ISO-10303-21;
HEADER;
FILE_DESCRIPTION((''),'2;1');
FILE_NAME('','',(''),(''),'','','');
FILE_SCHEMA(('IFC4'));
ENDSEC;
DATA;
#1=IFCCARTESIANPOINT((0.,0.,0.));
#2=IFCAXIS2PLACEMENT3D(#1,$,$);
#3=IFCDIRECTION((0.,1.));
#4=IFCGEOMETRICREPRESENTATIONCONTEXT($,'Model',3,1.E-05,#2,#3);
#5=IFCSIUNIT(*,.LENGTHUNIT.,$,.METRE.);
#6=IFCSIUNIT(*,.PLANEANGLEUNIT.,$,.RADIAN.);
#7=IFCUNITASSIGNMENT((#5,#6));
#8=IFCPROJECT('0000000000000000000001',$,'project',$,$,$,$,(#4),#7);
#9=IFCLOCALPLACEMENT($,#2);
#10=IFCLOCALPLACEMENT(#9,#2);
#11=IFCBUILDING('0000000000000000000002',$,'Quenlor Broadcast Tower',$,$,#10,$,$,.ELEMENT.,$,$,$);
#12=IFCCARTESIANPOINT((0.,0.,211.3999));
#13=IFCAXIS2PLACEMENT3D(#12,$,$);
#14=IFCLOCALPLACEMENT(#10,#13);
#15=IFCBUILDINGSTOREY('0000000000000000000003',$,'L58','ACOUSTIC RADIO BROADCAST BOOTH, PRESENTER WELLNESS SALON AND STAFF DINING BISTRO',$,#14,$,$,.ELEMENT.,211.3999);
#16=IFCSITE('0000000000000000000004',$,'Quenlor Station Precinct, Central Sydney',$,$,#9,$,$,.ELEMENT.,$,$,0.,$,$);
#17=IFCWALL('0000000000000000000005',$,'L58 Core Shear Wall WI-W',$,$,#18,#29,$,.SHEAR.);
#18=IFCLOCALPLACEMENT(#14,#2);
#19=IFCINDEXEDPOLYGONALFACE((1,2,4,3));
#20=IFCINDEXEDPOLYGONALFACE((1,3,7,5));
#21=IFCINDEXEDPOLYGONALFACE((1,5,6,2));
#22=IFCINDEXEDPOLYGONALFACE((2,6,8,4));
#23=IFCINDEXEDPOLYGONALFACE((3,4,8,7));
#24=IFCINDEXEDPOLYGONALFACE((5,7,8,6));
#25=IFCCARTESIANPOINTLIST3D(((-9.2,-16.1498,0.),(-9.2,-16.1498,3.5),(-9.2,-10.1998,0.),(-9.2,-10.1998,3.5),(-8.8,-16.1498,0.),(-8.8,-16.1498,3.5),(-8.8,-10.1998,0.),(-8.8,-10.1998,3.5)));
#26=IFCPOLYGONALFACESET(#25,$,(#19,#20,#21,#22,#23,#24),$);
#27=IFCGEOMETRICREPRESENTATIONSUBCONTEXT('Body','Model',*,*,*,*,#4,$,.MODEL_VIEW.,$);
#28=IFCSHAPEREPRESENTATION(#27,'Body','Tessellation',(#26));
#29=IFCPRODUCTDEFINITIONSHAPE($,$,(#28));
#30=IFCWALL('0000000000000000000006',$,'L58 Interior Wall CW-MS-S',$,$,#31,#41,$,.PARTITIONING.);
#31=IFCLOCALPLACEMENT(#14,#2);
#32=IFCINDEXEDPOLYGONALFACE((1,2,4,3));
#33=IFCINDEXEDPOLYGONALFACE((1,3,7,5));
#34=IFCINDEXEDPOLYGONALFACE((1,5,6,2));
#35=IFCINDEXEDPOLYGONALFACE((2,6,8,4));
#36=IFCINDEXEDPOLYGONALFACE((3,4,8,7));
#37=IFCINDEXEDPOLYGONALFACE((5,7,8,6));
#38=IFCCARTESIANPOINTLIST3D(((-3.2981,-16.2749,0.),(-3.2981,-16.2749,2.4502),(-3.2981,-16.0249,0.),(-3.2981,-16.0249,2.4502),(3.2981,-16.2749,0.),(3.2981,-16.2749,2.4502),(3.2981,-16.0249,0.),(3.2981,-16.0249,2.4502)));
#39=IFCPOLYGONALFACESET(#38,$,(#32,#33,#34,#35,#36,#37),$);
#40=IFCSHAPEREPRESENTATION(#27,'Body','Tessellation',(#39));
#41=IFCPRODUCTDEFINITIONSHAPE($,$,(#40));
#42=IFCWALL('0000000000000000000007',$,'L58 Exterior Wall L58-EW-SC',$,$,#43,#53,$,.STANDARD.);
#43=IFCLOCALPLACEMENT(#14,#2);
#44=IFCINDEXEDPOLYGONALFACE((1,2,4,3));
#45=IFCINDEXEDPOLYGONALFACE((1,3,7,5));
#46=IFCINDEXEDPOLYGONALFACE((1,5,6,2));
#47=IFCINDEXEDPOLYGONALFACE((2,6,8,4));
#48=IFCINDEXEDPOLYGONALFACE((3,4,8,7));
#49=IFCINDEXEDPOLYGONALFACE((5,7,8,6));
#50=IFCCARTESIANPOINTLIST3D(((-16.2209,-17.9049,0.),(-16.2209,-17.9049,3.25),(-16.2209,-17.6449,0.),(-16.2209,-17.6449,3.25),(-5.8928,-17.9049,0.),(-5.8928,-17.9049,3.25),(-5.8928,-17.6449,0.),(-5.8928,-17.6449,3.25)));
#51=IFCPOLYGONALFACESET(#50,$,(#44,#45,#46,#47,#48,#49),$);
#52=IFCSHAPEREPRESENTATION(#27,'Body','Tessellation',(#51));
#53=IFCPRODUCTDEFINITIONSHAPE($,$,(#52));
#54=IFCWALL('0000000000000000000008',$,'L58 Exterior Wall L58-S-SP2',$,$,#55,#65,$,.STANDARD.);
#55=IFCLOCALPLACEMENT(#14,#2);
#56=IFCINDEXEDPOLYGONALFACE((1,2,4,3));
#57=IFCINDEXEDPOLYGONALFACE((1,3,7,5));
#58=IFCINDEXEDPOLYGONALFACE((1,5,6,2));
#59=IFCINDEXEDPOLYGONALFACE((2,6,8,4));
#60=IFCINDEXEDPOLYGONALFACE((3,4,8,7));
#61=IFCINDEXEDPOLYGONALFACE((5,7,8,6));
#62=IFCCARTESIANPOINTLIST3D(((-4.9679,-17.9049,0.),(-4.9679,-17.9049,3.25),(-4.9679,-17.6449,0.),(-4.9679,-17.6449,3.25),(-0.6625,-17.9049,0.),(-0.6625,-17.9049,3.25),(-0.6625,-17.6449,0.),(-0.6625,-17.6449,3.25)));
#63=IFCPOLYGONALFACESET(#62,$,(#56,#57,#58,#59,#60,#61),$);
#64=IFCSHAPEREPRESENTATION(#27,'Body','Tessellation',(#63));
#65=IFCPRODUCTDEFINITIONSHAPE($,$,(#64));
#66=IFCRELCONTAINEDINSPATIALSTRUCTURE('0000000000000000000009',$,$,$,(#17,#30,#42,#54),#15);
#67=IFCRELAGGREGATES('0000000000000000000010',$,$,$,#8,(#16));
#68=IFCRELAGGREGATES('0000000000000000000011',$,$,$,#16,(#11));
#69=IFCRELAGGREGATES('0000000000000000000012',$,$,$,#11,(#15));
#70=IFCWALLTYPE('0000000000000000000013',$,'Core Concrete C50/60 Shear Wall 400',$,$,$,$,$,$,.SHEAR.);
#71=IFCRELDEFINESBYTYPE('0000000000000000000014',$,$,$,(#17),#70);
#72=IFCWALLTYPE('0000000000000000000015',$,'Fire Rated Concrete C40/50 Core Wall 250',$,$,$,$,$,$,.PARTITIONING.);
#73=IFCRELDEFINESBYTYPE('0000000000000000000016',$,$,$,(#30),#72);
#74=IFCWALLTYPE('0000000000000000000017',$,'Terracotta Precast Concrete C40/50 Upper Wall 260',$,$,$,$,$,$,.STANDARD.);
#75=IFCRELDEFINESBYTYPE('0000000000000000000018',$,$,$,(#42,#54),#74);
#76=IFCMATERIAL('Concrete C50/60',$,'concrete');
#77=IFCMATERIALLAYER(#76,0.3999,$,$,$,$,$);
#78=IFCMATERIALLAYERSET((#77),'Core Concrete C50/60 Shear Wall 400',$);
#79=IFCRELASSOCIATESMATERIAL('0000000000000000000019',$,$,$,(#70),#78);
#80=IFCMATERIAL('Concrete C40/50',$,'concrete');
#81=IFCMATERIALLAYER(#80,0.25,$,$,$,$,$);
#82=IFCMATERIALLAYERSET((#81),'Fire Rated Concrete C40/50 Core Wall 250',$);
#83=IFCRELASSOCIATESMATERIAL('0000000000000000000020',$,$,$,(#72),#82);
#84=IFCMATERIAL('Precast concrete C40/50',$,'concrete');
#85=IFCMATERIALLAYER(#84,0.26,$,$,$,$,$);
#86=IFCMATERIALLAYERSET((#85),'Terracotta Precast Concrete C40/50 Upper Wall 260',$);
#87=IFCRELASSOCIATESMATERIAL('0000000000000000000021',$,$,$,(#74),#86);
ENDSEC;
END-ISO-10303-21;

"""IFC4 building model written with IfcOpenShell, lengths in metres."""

from ifc_helpers import new_model, si_unit, direction, frame, frame_2d, origin, place, context, subcontext, project, spatial, rectangle, extrude, material, layer, layer_set, type_object, element, save


model = new_model("IFC4")

# Units and contexts
model_context = context("Model", 3, precision=1e-05, world=origin(), true_north=direction((0.0, 1.0)))
body_context = subcontext(model_context, "Body", "Model", "MODEL_VIEW")
ifc_project = project(units=[si_unit("LENGTHUNIT", "METRE"), si_unit("PLANEANGLEUNIT", "RADIAN")], contexts=[model_context])

# Site, building, storey
site_placement = place(None, origin())
site = spatial("IfcSite", under=ifc_project, at=site_placement, Name="Quenlor Station Precinct, Central Sydney", CompositionType="ELEMENT", RefElevation=0.0)
building_placement = place(site_placement, origin())
building = spatial("IfcBuilding", under=site, at=building_placement, Name="Quenlor Broadcast Tower", CompositionType="ELEMENT")
storey_placement = place(building_placement, frame((0.0, 0.0, 211.3999)))
storey = spatial("IfcBuildingStorey", under=building, at=storey_placement, Name="L58", Description="ACOUSTIC RADIO BROADCAST BOOTH, PRESENTER WELLNESS SALON AND STAFF DINING BISTRO", CompositionType="ELEMENT", Elevation=211.3999)

# Walls
ifc_material_1 = material(Name="Concrete C50/60", Category="concrete")
ifc_layer_1 = layer(ifc_material_1, 0.3999)
ifc_layer_set_1 = layer_set([ifc_layer_1], Name="Core Concrete C50/60 Shear Wall 400")
wall_type_1 = type_object("IfcWallType", Name="Core Concrete C50/60 Shear Wall 400", PredefinedType="SHEAR", material=ifc_layer_set_1)
wall_1_placement = place(storey_placement, frame((-9.0, -16.1499, 0.0), z_axis=(0.0, 0.0, 1.0), x_axis=(0.0, 1.0, 0.0)))
element("IfcWall", 1, at=wall_1_placement, inside=storey, type_object=wall_type_1, Name="L58 Core Shear Wall WI-W", PredefinedType="SHEAR", context=body_context, shape_type="SweptSolid", body=[
    extrude(rectangle(XDim=5.95, YDim=0.3999, at=frame_2d((2.9751, 0.0))), origin(), (0.0, 0.0, 1.0), 3.5),
])
ifc_material_2 = material(Name="Concrete C40/50", Category="concrete")
ifc_layer_2 = layer(ifc_material_2, 0.25)
ifc_layer_set_2 = layer_set([ifc_layer_2], Name="Fire Rated Concrete C40/50 Core Wall 250")
wall_type_2 = type_object("IfcWallType", Name="Fire Rated Concrete C40/50 Core Wall 250", PredefinedType="PARTITIONING", material=ifc_layer_set_2)
wall_2_placement = place(storey_placement, frame((-3.2981, -16.1499, 0.0), z_axis=(0.0, 0.0, 1.0), x_axis=(1.0, 0.0, 0.0)))
element("IfcWall", 2, at=wall_2_placement, inside=storey, type_object=wall_type_2, Name="L58 Interior Wall CW-MS-S", PredefinedType="PARTITIONING", context=body_context, shape_type="SweptSolid", body=[
    extrude(rectangle(XDim=6.5962, YDim=0.25, at=frame_2d((3.2981, 0.0))), origin(), (0.0, 0.0, 1.0), 2.4502),
])
ifc_material_3 = material(Name="Precast concrete C40/50", Category="concrete")
ifc_layer_3 = layer(ifc_material_3, 0.26)
ifc_layer_set_3 = layer_set([ifc_layer_3], Name="Terracotta Precast Concrete C40/50 Upper Wall 260")
wall_type_3 = type_object("IfcWallType", Name="Terracotta Precast Concrete C40/50 Upper Wall 260", PredefinedType="STANDARD", material=ifc_layer_set_3)
wall_3_placement = place(storey_placement, frame((-5.8928, -17.7749, 0.0), z_axis=(0.0, 0.0, 1.0), x_axis=(-1.0, 0.0, 0.0)))
element("IfcWall", 3, at=wall_3_placement, inside=storey, type_object=wall_type_3, Name="L58 Exterior Wall L58-EW-SC", PredefinedType="STANDARD", context=body_context, shape_type="SweptSolid", body=[
    extrude(rectangle(XDim=10.3281, YDim=0.26, at=frame_2d((5.1641, 0.0))), origin(), (0.0, 0.0, 1.0), 3.25),
])
wall_4_placement = place(storey_placement, frame((-0.6624, -17.7749, 0.0), z_axis=(0.0, 0.0, 1.0), x_axis=(-1.0, 0.0, 0.0)))
element("IfcWall", 4, at=wall_4_placement, inside=storey, type_object=wall_type_3, Name="L58 Exterior Wall L58-S-SP2", PredefinedType="STANDARD", context=body_context, shape_type="SweptSolid", body=[
    extrude(rectangle(XDim=4.3054, YDim=0.26, at=frame_2d((2.1528, 0.0))), origin(), (0.0, 0.0, 1.0), 3.25),
])

save(model, "model.ifc")
